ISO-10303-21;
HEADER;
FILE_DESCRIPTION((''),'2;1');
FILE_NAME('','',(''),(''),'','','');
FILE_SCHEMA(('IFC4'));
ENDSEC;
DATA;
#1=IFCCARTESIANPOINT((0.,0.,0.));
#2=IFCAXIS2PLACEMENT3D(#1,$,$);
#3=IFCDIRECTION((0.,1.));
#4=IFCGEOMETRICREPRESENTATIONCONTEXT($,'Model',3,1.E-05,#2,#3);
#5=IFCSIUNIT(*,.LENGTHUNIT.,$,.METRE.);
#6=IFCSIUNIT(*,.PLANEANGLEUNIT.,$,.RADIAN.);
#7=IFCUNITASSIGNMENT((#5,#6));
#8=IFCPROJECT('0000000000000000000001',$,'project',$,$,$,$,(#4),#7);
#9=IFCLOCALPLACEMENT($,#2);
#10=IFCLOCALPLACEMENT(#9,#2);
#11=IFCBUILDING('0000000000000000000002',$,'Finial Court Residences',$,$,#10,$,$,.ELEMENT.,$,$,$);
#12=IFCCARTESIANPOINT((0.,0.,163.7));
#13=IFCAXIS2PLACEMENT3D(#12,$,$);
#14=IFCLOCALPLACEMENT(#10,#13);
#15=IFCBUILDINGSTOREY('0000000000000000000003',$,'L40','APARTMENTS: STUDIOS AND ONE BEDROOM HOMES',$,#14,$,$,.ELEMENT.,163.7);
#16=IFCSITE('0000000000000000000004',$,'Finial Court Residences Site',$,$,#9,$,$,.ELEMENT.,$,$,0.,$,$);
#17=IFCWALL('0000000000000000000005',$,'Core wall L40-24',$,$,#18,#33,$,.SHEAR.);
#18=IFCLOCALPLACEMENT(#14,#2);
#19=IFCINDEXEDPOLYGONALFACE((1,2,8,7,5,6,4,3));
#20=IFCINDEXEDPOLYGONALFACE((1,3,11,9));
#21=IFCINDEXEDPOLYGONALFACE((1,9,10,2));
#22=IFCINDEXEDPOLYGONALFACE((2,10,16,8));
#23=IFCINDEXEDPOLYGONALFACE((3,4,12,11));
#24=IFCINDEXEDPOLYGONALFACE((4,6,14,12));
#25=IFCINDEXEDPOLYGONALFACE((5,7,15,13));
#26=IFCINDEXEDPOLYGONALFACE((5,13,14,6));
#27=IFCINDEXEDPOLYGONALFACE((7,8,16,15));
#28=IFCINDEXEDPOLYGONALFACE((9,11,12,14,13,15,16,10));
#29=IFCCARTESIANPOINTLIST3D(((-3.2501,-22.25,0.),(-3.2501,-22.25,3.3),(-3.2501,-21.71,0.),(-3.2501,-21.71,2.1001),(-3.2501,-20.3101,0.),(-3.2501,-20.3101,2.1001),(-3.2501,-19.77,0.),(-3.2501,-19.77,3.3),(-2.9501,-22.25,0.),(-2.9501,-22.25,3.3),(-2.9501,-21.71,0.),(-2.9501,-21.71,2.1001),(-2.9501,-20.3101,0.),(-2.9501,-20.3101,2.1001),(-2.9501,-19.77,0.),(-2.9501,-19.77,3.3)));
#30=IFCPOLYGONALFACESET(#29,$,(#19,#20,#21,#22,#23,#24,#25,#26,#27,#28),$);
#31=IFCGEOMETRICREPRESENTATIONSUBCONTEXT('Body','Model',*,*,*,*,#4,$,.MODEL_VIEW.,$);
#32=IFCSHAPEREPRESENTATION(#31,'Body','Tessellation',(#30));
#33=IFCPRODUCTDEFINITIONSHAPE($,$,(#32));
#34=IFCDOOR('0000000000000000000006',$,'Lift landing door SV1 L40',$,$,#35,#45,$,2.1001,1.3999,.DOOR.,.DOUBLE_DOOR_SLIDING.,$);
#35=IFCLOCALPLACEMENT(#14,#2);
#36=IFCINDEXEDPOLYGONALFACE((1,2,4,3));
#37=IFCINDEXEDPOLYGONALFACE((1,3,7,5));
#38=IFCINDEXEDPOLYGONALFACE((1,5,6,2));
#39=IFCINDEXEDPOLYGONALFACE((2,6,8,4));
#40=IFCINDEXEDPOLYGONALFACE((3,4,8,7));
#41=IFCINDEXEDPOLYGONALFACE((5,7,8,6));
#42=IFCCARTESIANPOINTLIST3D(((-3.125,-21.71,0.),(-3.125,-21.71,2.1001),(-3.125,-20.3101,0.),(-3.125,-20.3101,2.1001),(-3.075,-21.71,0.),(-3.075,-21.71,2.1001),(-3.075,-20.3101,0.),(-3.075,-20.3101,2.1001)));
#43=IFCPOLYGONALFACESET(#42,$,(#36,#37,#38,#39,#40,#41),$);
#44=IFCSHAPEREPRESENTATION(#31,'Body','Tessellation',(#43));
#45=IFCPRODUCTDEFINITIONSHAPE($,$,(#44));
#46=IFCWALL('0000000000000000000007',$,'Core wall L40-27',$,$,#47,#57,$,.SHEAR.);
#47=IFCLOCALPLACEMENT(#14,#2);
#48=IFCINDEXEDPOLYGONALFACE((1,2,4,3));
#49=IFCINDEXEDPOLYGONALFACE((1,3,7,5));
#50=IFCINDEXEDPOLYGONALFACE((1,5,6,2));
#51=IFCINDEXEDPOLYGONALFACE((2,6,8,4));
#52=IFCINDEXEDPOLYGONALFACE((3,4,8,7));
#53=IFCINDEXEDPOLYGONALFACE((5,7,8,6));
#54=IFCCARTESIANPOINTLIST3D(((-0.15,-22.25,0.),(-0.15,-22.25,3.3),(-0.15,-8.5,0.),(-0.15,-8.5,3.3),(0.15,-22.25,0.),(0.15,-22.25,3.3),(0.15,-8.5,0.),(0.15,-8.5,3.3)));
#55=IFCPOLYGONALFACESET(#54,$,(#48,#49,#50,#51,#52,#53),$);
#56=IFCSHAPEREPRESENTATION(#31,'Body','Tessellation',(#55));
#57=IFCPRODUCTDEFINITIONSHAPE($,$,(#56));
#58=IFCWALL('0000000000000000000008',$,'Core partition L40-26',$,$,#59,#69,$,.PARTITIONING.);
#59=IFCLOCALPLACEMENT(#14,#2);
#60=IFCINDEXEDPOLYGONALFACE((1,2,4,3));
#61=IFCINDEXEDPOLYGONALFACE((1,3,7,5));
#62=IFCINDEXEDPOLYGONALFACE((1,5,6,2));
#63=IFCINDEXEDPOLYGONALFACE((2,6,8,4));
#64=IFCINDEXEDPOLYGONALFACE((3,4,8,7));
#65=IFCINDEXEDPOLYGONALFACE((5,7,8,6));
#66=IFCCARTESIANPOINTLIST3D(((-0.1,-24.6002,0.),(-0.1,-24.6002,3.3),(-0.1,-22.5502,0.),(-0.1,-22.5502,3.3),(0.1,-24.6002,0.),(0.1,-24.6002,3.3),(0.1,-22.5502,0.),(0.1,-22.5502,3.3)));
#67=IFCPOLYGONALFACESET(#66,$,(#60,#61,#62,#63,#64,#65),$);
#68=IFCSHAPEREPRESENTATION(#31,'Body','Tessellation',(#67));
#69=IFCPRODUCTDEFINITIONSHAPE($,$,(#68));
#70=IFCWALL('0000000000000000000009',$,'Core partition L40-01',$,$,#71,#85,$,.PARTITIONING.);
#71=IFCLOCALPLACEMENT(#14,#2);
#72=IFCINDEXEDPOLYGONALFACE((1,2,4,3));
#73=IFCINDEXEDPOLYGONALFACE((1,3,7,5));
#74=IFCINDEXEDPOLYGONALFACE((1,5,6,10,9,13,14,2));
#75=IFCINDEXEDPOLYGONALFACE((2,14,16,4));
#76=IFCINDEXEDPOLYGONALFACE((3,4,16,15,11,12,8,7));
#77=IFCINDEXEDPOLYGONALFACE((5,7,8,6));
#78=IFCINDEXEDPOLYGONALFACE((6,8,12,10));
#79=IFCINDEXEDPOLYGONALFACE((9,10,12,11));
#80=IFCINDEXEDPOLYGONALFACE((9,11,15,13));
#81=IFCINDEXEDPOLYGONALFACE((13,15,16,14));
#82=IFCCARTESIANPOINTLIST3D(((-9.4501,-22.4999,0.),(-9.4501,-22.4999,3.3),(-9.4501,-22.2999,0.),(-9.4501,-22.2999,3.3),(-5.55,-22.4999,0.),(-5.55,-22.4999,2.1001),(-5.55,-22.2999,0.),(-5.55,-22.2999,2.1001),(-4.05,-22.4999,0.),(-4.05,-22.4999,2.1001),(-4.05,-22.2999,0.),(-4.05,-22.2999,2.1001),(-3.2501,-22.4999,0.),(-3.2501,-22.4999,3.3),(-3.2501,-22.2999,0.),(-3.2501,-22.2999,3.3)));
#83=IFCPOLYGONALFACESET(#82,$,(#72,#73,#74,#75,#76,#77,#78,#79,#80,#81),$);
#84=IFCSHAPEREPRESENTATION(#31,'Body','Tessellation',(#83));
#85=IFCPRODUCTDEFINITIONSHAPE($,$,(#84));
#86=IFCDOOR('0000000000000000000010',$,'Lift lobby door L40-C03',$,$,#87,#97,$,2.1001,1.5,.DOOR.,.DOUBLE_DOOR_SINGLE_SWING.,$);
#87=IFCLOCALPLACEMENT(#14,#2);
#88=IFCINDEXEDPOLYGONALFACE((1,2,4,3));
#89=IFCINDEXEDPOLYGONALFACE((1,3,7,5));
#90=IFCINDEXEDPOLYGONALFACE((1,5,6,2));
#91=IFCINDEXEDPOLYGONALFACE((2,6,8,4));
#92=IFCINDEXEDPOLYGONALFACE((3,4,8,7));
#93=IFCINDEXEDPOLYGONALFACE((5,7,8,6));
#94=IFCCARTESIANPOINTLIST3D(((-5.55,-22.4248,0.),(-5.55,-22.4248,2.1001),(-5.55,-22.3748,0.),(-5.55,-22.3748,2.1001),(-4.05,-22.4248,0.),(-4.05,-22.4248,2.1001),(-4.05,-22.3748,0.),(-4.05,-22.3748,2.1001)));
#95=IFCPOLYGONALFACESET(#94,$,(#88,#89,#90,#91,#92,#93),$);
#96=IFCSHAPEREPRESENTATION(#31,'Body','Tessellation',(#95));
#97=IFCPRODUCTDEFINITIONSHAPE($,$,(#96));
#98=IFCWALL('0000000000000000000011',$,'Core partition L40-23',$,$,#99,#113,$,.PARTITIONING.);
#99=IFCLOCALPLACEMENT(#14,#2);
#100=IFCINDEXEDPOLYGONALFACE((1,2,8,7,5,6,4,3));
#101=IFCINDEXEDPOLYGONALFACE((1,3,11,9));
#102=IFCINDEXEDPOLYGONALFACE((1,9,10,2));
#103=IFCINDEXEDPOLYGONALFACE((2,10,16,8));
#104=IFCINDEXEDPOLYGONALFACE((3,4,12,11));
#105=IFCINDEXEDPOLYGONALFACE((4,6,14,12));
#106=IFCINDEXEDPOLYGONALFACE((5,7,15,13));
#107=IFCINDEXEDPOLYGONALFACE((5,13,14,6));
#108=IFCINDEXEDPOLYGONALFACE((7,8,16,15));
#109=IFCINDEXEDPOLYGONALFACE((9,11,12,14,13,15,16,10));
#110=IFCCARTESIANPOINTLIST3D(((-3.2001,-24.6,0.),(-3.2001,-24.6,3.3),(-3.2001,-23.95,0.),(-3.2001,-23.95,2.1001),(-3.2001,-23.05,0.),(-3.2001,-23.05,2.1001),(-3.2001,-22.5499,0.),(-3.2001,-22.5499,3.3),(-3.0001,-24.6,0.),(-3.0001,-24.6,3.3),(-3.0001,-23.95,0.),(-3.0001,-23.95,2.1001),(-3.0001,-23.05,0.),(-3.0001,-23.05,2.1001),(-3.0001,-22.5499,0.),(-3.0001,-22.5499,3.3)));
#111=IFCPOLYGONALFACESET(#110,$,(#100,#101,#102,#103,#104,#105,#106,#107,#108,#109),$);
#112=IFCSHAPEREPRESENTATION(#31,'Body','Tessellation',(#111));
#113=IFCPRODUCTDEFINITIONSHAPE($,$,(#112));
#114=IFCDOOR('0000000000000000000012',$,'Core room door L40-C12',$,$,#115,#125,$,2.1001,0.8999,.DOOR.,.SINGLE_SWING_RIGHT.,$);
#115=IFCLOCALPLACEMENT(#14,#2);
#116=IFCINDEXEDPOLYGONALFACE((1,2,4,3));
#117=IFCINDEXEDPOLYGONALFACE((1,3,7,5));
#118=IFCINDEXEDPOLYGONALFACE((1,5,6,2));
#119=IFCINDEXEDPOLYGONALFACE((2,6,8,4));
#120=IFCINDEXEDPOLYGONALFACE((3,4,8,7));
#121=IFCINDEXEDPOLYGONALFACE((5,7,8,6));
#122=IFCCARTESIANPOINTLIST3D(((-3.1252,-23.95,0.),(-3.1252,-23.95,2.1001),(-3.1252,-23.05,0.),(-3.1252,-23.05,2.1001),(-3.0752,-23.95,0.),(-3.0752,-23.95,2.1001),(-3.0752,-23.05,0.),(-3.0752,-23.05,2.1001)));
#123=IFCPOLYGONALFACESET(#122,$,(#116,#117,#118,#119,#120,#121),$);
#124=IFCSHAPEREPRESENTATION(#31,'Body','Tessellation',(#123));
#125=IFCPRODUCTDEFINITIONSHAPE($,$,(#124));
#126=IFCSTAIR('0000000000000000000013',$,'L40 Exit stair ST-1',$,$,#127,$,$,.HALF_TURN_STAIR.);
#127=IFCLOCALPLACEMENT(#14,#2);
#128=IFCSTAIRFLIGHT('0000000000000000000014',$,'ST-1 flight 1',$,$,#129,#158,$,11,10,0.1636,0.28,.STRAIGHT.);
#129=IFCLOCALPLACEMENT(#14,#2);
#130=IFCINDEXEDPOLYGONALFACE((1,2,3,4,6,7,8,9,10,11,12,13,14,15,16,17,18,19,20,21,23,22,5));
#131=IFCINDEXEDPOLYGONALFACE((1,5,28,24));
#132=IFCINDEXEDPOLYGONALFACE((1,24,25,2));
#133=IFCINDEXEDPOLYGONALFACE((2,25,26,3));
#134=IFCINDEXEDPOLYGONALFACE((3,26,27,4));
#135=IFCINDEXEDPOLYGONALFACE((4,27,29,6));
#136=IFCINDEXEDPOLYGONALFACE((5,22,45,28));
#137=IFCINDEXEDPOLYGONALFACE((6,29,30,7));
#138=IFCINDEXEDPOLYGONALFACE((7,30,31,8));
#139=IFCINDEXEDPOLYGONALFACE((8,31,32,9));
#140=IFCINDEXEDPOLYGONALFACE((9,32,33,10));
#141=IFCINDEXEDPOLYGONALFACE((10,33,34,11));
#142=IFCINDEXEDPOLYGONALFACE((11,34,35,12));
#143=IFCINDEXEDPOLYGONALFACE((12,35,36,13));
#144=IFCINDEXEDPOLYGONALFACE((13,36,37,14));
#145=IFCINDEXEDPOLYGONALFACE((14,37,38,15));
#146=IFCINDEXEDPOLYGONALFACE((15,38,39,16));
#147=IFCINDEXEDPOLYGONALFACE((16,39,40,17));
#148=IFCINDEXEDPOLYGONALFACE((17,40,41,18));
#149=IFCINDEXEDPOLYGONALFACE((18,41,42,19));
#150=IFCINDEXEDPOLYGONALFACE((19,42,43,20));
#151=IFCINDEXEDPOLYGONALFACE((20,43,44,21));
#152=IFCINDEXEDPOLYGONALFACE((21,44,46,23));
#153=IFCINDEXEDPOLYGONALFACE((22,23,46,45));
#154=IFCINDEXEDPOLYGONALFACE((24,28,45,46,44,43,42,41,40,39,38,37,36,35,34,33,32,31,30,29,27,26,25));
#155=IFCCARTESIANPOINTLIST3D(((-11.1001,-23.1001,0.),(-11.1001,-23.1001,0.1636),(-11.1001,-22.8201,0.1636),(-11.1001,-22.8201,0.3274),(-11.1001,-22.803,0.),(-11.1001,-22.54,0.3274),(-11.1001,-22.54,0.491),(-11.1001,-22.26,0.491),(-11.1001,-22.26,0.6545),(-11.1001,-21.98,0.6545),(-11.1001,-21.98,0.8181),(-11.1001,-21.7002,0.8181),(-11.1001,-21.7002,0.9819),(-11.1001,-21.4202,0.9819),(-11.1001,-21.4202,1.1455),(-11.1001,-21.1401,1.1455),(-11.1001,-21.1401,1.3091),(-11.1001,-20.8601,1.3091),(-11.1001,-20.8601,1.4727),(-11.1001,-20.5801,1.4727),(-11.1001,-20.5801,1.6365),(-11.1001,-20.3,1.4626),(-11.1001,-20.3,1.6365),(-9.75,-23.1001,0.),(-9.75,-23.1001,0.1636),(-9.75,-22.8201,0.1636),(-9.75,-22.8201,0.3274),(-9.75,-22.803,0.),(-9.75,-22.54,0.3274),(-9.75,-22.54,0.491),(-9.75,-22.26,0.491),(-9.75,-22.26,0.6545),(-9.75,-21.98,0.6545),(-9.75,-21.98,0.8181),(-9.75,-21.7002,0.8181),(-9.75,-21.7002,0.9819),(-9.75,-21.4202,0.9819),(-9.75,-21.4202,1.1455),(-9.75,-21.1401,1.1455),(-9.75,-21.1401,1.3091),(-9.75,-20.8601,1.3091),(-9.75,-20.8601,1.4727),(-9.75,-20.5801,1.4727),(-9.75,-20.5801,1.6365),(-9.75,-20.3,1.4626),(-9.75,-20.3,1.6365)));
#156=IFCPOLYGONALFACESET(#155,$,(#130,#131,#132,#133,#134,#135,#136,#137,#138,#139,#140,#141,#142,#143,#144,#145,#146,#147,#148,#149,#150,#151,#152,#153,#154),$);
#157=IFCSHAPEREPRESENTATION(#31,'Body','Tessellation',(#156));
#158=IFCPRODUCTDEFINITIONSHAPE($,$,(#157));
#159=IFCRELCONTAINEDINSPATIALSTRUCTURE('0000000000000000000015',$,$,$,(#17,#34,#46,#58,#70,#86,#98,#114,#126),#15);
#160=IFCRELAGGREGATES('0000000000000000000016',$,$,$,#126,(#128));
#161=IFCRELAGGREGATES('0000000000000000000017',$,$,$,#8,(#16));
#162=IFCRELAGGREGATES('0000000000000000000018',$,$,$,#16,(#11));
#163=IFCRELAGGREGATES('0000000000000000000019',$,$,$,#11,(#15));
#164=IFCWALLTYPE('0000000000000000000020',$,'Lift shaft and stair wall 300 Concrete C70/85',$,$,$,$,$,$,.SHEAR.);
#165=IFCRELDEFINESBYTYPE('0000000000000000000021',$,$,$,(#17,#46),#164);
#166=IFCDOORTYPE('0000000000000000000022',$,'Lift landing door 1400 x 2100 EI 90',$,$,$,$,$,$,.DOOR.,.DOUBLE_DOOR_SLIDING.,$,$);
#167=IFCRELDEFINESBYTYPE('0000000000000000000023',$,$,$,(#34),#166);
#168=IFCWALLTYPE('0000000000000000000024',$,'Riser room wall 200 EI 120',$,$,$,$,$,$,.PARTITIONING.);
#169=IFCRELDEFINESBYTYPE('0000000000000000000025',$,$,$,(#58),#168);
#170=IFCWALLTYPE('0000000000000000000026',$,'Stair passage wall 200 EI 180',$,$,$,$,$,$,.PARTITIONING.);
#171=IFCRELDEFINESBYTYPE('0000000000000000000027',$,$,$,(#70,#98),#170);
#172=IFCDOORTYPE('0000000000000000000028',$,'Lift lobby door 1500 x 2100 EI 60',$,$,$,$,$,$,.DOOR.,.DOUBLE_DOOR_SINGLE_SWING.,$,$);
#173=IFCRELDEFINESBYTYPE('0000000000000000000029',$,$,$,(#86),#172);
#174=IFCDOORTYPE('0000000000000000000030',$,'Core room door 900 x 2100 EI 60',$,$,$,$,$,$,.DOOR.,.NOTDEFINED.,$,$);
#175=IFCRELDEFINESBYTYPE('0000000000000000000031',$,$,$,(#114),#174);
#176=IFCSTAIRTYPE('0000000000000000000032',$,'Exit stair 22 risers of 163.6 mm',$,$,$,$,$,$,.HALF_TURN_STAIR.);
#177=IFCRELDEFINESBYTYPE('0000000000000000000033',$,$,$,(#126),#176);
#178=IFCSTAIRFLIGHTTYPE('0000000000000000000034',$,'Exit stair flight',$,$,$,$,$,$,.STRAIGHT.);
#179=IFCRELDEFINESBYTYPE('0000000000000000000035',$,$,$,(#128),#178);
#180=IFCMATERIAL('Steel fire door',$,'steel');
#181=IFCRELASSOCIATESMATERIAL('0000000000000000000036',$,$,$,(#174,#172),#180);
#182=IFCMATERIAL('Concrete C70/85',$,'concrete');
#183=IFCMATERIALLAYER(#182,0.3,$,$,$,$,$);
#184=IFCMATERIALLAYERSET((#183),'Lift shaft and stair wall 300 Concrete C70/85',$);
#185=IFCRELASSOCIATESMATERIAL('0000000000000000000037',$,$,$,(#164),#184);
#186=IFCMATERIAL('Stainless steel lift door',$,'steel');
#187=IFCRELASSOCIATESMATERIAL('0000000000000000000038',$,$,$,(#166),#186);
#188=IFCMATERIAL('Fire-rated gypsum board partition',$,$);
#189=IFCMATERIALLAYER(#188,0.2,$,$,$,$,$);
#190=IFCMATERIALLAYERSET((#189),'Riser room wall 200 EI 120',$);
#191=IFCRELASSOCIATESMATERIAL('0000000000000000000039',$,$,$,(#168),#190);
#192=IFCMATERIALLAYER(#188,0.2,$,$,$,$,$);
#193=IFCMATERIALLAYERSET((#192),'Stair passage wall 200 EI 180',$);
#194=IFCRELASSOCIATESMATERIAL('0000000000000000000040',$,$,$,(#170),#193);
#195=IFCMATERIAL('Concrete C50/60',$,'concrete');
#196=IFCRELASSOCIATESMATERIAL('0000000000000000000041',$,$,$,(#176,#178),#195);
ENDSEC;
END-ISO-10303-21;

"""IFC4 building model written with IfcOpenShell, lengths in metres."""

from ifc_helpers import new_model, si_unit, direction, frame, frame_2d, origin, place, context, subcontext, project, spatial, polyline, rectangle, outline, extrude, material, layer, layer_set, type_object, element, fill, aggregate, save


model = new_model("IFC4")

# Units and contexts
model_context = context("Model", 3, precision=1e-05, world=origin(), true_north=direction((0.0, 1.0)))
body_context = subcontext(model_context, "Body", "Model", "MODEL_VIEW")
ifc_project = project(units=[si_unit("LENGTHUNIT", "METRE"), si_unit("PLANEANGLEUNIT", "RADIAN")], contexts=[model_context])

# Site, building, storey
site_placement = place(None, origin())
site = spatial("IfcSite", under=ifc_project, at=site_placement, Name="Finial Court Residences Site", CompositionType="ELEMENT", RefElevation=0.0)
building_placement = place(site_placement, origin())
building = spatial("IfcBuilding", under=site, at=building_placement, Name="Finial Court Residences", CompositionType="ELEMENT")
storey_placement = place(building_placement, frame((0.0, 0.0, 163.7)))
storey = spatial("IfcBuildingStorey", under=building, at=storey_placement, Name="L40", Description="APARTMENTS: STUDIOS AND ONE BEDROOM HOMES", CompositionType="ELEMENT", Elevation=163.7)

# Shared definitions
ifc_material_1 = material(Name="Concrete C70/85", Category="concrete")
ifc_material_2 = material(Name="Fire-rated gypsum board partition")

# Shared definitions
ifc_material_3 = material(Name="Steel fire door", Category="steel")
door_type_1 = type_object("IfcDoorType", Name="Core room door 900 x 2100 EI 60", OperationType="NOTDEFINED", PredefinedType="DOOR", material=ifc_material_3)

# Shared definitions
ifc_layer_1 = layer(ifc_material_1, 0.3)
ifc_layer_set_1 = layer_set([ifc_layer_1], Name="Lift shaft and stair wall 300 Concrete C70/85")
wall_type_1 = type_object("IfcWallType", Name="Lift shaft and stair wall 300 Concrete C70/85", PredefinedType="SHEAR", material=ifc_layer_set_1)

# Wall, opening, door
wall_1_placement = place(storey_placement, frame((-3.1001, -22.25, 0.0), z_axis=(0.0, 0.0, 1.0), x_axis=(0.0, 1.0, 0.0)))
wall_1 = element("IfcWall", 1, at=wall_1_placement, inside=storey, type_object=wall_type_1, Name="Core wall L40-24", PredefinedType="SHEAR", context=body_context, shape_type="SweptSolid", body=[
    extrude(rectangle(XDim=2.48, YDim=0.3, at=frame_2d((1.24, 0.0))), origin(), (0.0, 0.0, 1.0), 3.3),
])
opening_1_placement = place(wall_1_placement, frame((0.54, 0.0, 0.0)))
opening_1 = element("IfcOpeningElement", 2, at=opening_1_placement, cuts=wall_1, PredefinedType="OPENING", context=body_context, shape_type="SweptSolid", body=[
    extrude(rectangle(XDim=1.3999, YDim=2.1001, at=frame_2d((0.7, 1.05))), frame((0.0, 0.1599, 0.0), z_axis=(0.0, -1.0, 0.0), x_axis=(1.0, 0.0, 0.0)), (0.0, 0.0, 1.0), 0.3201),
])
ifc_material_4 = material(Name="Stainless steel lift door", Category="steel")
door_type_2 = type_object("IfcDoorType", Name="Lift landing door 1400 x 2100 EI 90", OperationType="DOUBLE_DOOR_SLIDING", PredefinedType="DOOR", material=ifc_material_4)
door_1_placement = place(opening_1_placement, origin())
door_1 = element("IfcDoor", 3, at=door_1_placement, inside=storey, type_object=door_type_2, Name="Lift landing door SV1 L40", OperationType="DOUBLE_DOOR_SLIDING", OverallHeight=2.1001, OverallWidth=1.3999, PredefinedType="DOOR", context=body_context, shape_type="SweptSolid", body=[
    extrude(rectangle(XDim=1.3999, YDim=2.1001, at=frame_2d((0.7, 1.05))), frame((0.0, 0.0249, 0.0), z_axis=(0.0, -1.0, 0.0), x_axis=(1.0, 0.0, 0.0)), (0.0, 0.0, 1.0), 0.05),
])
fill(opening_1, door_1)

# Walls
wall_2_placement = place(storey_placement, frame((0.0, -22.25, 0.0), z_axis=(0.0, 0.0, 1.0), x_axis=(0.0, 1.0, 0.0)))
element("IfcWall", 4, at=wall_2_placement, inside=storey, type_object=wall_type_1, Name="Core wall L40-27", PredefinedType="SHEAR", context=body_context, shape_type="SweptSolid", body=[
    extrude(rectangle(XDim=13.75, YDim=0.3, at=frame_2d((6.875, 0.0))), origin(), (0.0, 0.0, 1.0), 3.3),
])
ifc_layer_2 = layer(ifc_material_2, 0.2)
ifc_layer_set_2 = layer_set([ifc_layer_2], Name="Riser room wall 200 EI 120")
wall_type_2 = type_object("IfcWallType", Name="Riser room wall 200 EI 120", PredefinedType="PARTITIONING", material=ifc_layer_set_2)
wall_3_placement = place(storey_placement, frame((0.0, -24.6001, 0.0), z_axis=(0.0, 0.0, 1.0), x_axis=(0.0, 1.0, 0.0)))
element("IfcWall", 5, at=wall_3_placement, inside=storey, type_object=wall_type_2, Name="Core partition L40-26", PredefinedType="PARTITIONING", context=body_context, shape_type="SweptSolid", body=[
    extrude(rectangle(XDim=2.05, YDim=0.2, at=frame_2d((1.0249, 0.0))), origin(), (0.0, 0.0, 1.0), 3.3),
])

# Walls, openings, doors
ifc_layer_3 = layer(ifc_material_2, 0.2)
ifc_layer_set_3 = layer_set([ifc_layer_3], Name="Stair passage wall 200 EI 180")
wall_type_3 = type_object("IfcWallType", Name="Stair passage wall 200 EI 180", PredefinedType="PARTITIONING", material=ifc_layer_set_3)
wall_4_placement = place(storey_placement, frame((-3.25, -22.3999, 0.0), z_axis=(0.0, 0.0, 1.0), x_axis=(-1.0, 0.0, 0.0)))
wall_4 = element("IfcWall", 6, at=wall_4_placement, inside=storey, type_object=wall_type_3, Name="Core partition L40-01", PredefinedType="PARTITIONING", context=body_context, shape_type="SweptSolid", body=[
    extrude(rectangle(XDim=6.2, YDim=0.2, at=frame_2d((3.1001, 0.0))), origin(), (0.0, 0.0, 1.0), 3.3),
])
opening_2_placement = place(wall_4_placement, frame((0.8, 0.0, 0.0)))
opening_2 = element("IfcOpeningElement", 7, at=opening_2_placement, cuts=wall_4, PredefinedType="OPENING", context=body_context, shape_type="SweptSolid", body=[
    extrude(rectangle(XDim=1.5, YDim=2.1001, at=frame_2d((0.75, 1.05))), frame((0.0, 0.1099, 0.0), z_axis=(0.0, -1.0, 0.0), x_axis=(1.0, 0.0, 0.0)), (0.0, 0.0, 1.0), 0.22),
])
door_type_3 = type_object("IfcDoorType", Name="Lift lobby door 1500 x 2100 EI 60", OperationType="DOUBLE_DOOR_SINGLE_SWING", PredefinedType="DOOR", material=ifc_material_3)
door_2_placement = place(opening_2_placement, origin())
door_2 = element("IfcDoor", 8, at=door_2_placement, inside=storey, type_object=door_type_3, Name="Lift lobby door L40-C03", OperationType="DOUBLE_DOOR_SINGLE_SWING", OverallHeight=2.1001, OverallWidth=1.5, PredefinedType="DOOR", context=body_context, shape_type="SweptSolid", body=[
    extrude(rectangle(XDim=1.5, YDim=2.1001, at=frame_2d((0.75, 1.05))), frame((0.0, 0.0249, 0.0), z_axis=(0.0, -1.0, 0.0), x_axis=(1.0, 0.0, 0.0)), (0.0, 0.0, 1.0), 0.05),
])
fill(opening_2, door_2)
wall_5_placement = place(storey_placement, frame((-3.1001, -22.55, 0.0), z_axis=(0.0, 0.0, 1.0), x_axis=(0.0, -1.0, 0.0)))
wall_5 = element("IfcWall", 9, at=wall_5_placement, inside=storey, type_object=wall_type_3, Name="Core partition L40-23", PredefinedType="PARTITIONING", context=body_context, shape_type="SweptSolid", body=[
    extrude(rectangle(XDim=2.05, YDim=0.2, at=frame_2d((1.0249, 0.0))), origin(), (0.0, 0.0, 1.0), 3.3),
])
opening_3_placement = place(wall_5_placement, frame((0.5, 0.0, 0.0)))
opening_3 = element("IfcOpeningElement", 10, at=opening_3_placement, cuts=wall_5, PredefinedType="OPENING", context=body_context, shape_type="SweptSolid", body=[
    extrude(rectangle(XDim=0.8999, YDim=2.1001, at=frame_2d((0.45, 1.05))), frame((0.0, 0.1099, 0.0), z_axis=(0.0, -1.0, 0.0), x_axis=(1.0, 0.0, 0.0)), (0.0, 0.0, 1.0), 0.22),
])
door_3_placement = place(opening_3_placement, origin())
door_3 = element("IfcDoor", 11, at=door_3_placement, inside=storey, type_object=door_type_1, Name="Core room door L40-C12", OperationType="SINGLE_SWING_RIGHT", OverallHeight=2.1001, OverallWidth=0.8999, PredefinedType="DOOR", context=body_context, shape_type="SweptSolid", body=[
    extrude(rectangle(XDim=0.8999, YDim=2.1001, at=frame_2d((0.45, 1.05))), frame((0.0, 0.0249, 0.0), z_axis=(0.0, -1.0, 0.0), x_axis=(1.0, 0.0, 0.0)), (0.0, 0.0, 1.0), 0.05),
])
fill(opening_3, door_3)

# Stair, stair flight
ifc_material_5 = material(Name="Concrete C50/60", Category="concrete")
stair_type = type_object("IfcStairType", Name="Exit stair 22 risers of 163.6 mm", PredefinedType="HALF_TURN_STAIR", material=ifc_material_5)
stair_placement = place(storey_placement, origin())
stair = element("IfcStair", 12, at=stair_placement, inside=storey, type_object=stair_type, Name="L40 Exit stair ST-1", PredefinedType="HALF_TURN_STAIR")
stair_flight_type = type_object("IfcStairFlightType", Name="Exit stair flight", PredefinedType="STRAIGHT", material=ifc_material_5)
stair_flight_1_placement = place(storey_placement, frame((-10.425, -23.1001, 0.0), z_axis=(0.0, 0.0, 1.0), x_axis=(0.0, 1.0, 0.0)))
stair_flight_1 = element("IfcStairFlight", 13, at=stair_flight_1_placement, type_object=stair_flight_type, Name="ST-1 flight 1", NumberOfRisers=11, NumberOfTreads=10, PredefinedType="STRAIGHT", RiserHeight=0.1636, TreadLength=0.28, context=body_context, shape_type="SweptSolid", body=[
    extrude(outline(polyline([(0.0, 0.0), (0.0, 0.1636), (0.28, 0.1636), (0.28, 0.3274), (0.5601, 0.3274), (0.5601, 0.491), (0.8401, 0.491), (0.8401, 0.6545), (1.1201, 0.6545), (1.1201, 0.8181), (1.3999, 0.8181), (1.3999, 0.9819), (1.6799, 0.9819), (1.6799, 1.1455), (1.96, 1.1455), (1.96, 1.3091), (2.24, 1.3091), (2.24, 1.4727), (2.52, 1.4727), (2.52, 1.6365), (2.8, 1.6365), (2.8, 1.8), (2.8, 1.4626), (0.2971, 0.0), (0.0, 0.0)])), frame((0.0, 0.675, 0.0), z_axis=(0.0, -1.0, 0.0), x_axis=(1.0, 0.0, 0.0)), (0.0, 0.0, 1.0), 1.3501),
])
aggregate(stair, [stair_flight_1])

save(model, "model.ifc")
